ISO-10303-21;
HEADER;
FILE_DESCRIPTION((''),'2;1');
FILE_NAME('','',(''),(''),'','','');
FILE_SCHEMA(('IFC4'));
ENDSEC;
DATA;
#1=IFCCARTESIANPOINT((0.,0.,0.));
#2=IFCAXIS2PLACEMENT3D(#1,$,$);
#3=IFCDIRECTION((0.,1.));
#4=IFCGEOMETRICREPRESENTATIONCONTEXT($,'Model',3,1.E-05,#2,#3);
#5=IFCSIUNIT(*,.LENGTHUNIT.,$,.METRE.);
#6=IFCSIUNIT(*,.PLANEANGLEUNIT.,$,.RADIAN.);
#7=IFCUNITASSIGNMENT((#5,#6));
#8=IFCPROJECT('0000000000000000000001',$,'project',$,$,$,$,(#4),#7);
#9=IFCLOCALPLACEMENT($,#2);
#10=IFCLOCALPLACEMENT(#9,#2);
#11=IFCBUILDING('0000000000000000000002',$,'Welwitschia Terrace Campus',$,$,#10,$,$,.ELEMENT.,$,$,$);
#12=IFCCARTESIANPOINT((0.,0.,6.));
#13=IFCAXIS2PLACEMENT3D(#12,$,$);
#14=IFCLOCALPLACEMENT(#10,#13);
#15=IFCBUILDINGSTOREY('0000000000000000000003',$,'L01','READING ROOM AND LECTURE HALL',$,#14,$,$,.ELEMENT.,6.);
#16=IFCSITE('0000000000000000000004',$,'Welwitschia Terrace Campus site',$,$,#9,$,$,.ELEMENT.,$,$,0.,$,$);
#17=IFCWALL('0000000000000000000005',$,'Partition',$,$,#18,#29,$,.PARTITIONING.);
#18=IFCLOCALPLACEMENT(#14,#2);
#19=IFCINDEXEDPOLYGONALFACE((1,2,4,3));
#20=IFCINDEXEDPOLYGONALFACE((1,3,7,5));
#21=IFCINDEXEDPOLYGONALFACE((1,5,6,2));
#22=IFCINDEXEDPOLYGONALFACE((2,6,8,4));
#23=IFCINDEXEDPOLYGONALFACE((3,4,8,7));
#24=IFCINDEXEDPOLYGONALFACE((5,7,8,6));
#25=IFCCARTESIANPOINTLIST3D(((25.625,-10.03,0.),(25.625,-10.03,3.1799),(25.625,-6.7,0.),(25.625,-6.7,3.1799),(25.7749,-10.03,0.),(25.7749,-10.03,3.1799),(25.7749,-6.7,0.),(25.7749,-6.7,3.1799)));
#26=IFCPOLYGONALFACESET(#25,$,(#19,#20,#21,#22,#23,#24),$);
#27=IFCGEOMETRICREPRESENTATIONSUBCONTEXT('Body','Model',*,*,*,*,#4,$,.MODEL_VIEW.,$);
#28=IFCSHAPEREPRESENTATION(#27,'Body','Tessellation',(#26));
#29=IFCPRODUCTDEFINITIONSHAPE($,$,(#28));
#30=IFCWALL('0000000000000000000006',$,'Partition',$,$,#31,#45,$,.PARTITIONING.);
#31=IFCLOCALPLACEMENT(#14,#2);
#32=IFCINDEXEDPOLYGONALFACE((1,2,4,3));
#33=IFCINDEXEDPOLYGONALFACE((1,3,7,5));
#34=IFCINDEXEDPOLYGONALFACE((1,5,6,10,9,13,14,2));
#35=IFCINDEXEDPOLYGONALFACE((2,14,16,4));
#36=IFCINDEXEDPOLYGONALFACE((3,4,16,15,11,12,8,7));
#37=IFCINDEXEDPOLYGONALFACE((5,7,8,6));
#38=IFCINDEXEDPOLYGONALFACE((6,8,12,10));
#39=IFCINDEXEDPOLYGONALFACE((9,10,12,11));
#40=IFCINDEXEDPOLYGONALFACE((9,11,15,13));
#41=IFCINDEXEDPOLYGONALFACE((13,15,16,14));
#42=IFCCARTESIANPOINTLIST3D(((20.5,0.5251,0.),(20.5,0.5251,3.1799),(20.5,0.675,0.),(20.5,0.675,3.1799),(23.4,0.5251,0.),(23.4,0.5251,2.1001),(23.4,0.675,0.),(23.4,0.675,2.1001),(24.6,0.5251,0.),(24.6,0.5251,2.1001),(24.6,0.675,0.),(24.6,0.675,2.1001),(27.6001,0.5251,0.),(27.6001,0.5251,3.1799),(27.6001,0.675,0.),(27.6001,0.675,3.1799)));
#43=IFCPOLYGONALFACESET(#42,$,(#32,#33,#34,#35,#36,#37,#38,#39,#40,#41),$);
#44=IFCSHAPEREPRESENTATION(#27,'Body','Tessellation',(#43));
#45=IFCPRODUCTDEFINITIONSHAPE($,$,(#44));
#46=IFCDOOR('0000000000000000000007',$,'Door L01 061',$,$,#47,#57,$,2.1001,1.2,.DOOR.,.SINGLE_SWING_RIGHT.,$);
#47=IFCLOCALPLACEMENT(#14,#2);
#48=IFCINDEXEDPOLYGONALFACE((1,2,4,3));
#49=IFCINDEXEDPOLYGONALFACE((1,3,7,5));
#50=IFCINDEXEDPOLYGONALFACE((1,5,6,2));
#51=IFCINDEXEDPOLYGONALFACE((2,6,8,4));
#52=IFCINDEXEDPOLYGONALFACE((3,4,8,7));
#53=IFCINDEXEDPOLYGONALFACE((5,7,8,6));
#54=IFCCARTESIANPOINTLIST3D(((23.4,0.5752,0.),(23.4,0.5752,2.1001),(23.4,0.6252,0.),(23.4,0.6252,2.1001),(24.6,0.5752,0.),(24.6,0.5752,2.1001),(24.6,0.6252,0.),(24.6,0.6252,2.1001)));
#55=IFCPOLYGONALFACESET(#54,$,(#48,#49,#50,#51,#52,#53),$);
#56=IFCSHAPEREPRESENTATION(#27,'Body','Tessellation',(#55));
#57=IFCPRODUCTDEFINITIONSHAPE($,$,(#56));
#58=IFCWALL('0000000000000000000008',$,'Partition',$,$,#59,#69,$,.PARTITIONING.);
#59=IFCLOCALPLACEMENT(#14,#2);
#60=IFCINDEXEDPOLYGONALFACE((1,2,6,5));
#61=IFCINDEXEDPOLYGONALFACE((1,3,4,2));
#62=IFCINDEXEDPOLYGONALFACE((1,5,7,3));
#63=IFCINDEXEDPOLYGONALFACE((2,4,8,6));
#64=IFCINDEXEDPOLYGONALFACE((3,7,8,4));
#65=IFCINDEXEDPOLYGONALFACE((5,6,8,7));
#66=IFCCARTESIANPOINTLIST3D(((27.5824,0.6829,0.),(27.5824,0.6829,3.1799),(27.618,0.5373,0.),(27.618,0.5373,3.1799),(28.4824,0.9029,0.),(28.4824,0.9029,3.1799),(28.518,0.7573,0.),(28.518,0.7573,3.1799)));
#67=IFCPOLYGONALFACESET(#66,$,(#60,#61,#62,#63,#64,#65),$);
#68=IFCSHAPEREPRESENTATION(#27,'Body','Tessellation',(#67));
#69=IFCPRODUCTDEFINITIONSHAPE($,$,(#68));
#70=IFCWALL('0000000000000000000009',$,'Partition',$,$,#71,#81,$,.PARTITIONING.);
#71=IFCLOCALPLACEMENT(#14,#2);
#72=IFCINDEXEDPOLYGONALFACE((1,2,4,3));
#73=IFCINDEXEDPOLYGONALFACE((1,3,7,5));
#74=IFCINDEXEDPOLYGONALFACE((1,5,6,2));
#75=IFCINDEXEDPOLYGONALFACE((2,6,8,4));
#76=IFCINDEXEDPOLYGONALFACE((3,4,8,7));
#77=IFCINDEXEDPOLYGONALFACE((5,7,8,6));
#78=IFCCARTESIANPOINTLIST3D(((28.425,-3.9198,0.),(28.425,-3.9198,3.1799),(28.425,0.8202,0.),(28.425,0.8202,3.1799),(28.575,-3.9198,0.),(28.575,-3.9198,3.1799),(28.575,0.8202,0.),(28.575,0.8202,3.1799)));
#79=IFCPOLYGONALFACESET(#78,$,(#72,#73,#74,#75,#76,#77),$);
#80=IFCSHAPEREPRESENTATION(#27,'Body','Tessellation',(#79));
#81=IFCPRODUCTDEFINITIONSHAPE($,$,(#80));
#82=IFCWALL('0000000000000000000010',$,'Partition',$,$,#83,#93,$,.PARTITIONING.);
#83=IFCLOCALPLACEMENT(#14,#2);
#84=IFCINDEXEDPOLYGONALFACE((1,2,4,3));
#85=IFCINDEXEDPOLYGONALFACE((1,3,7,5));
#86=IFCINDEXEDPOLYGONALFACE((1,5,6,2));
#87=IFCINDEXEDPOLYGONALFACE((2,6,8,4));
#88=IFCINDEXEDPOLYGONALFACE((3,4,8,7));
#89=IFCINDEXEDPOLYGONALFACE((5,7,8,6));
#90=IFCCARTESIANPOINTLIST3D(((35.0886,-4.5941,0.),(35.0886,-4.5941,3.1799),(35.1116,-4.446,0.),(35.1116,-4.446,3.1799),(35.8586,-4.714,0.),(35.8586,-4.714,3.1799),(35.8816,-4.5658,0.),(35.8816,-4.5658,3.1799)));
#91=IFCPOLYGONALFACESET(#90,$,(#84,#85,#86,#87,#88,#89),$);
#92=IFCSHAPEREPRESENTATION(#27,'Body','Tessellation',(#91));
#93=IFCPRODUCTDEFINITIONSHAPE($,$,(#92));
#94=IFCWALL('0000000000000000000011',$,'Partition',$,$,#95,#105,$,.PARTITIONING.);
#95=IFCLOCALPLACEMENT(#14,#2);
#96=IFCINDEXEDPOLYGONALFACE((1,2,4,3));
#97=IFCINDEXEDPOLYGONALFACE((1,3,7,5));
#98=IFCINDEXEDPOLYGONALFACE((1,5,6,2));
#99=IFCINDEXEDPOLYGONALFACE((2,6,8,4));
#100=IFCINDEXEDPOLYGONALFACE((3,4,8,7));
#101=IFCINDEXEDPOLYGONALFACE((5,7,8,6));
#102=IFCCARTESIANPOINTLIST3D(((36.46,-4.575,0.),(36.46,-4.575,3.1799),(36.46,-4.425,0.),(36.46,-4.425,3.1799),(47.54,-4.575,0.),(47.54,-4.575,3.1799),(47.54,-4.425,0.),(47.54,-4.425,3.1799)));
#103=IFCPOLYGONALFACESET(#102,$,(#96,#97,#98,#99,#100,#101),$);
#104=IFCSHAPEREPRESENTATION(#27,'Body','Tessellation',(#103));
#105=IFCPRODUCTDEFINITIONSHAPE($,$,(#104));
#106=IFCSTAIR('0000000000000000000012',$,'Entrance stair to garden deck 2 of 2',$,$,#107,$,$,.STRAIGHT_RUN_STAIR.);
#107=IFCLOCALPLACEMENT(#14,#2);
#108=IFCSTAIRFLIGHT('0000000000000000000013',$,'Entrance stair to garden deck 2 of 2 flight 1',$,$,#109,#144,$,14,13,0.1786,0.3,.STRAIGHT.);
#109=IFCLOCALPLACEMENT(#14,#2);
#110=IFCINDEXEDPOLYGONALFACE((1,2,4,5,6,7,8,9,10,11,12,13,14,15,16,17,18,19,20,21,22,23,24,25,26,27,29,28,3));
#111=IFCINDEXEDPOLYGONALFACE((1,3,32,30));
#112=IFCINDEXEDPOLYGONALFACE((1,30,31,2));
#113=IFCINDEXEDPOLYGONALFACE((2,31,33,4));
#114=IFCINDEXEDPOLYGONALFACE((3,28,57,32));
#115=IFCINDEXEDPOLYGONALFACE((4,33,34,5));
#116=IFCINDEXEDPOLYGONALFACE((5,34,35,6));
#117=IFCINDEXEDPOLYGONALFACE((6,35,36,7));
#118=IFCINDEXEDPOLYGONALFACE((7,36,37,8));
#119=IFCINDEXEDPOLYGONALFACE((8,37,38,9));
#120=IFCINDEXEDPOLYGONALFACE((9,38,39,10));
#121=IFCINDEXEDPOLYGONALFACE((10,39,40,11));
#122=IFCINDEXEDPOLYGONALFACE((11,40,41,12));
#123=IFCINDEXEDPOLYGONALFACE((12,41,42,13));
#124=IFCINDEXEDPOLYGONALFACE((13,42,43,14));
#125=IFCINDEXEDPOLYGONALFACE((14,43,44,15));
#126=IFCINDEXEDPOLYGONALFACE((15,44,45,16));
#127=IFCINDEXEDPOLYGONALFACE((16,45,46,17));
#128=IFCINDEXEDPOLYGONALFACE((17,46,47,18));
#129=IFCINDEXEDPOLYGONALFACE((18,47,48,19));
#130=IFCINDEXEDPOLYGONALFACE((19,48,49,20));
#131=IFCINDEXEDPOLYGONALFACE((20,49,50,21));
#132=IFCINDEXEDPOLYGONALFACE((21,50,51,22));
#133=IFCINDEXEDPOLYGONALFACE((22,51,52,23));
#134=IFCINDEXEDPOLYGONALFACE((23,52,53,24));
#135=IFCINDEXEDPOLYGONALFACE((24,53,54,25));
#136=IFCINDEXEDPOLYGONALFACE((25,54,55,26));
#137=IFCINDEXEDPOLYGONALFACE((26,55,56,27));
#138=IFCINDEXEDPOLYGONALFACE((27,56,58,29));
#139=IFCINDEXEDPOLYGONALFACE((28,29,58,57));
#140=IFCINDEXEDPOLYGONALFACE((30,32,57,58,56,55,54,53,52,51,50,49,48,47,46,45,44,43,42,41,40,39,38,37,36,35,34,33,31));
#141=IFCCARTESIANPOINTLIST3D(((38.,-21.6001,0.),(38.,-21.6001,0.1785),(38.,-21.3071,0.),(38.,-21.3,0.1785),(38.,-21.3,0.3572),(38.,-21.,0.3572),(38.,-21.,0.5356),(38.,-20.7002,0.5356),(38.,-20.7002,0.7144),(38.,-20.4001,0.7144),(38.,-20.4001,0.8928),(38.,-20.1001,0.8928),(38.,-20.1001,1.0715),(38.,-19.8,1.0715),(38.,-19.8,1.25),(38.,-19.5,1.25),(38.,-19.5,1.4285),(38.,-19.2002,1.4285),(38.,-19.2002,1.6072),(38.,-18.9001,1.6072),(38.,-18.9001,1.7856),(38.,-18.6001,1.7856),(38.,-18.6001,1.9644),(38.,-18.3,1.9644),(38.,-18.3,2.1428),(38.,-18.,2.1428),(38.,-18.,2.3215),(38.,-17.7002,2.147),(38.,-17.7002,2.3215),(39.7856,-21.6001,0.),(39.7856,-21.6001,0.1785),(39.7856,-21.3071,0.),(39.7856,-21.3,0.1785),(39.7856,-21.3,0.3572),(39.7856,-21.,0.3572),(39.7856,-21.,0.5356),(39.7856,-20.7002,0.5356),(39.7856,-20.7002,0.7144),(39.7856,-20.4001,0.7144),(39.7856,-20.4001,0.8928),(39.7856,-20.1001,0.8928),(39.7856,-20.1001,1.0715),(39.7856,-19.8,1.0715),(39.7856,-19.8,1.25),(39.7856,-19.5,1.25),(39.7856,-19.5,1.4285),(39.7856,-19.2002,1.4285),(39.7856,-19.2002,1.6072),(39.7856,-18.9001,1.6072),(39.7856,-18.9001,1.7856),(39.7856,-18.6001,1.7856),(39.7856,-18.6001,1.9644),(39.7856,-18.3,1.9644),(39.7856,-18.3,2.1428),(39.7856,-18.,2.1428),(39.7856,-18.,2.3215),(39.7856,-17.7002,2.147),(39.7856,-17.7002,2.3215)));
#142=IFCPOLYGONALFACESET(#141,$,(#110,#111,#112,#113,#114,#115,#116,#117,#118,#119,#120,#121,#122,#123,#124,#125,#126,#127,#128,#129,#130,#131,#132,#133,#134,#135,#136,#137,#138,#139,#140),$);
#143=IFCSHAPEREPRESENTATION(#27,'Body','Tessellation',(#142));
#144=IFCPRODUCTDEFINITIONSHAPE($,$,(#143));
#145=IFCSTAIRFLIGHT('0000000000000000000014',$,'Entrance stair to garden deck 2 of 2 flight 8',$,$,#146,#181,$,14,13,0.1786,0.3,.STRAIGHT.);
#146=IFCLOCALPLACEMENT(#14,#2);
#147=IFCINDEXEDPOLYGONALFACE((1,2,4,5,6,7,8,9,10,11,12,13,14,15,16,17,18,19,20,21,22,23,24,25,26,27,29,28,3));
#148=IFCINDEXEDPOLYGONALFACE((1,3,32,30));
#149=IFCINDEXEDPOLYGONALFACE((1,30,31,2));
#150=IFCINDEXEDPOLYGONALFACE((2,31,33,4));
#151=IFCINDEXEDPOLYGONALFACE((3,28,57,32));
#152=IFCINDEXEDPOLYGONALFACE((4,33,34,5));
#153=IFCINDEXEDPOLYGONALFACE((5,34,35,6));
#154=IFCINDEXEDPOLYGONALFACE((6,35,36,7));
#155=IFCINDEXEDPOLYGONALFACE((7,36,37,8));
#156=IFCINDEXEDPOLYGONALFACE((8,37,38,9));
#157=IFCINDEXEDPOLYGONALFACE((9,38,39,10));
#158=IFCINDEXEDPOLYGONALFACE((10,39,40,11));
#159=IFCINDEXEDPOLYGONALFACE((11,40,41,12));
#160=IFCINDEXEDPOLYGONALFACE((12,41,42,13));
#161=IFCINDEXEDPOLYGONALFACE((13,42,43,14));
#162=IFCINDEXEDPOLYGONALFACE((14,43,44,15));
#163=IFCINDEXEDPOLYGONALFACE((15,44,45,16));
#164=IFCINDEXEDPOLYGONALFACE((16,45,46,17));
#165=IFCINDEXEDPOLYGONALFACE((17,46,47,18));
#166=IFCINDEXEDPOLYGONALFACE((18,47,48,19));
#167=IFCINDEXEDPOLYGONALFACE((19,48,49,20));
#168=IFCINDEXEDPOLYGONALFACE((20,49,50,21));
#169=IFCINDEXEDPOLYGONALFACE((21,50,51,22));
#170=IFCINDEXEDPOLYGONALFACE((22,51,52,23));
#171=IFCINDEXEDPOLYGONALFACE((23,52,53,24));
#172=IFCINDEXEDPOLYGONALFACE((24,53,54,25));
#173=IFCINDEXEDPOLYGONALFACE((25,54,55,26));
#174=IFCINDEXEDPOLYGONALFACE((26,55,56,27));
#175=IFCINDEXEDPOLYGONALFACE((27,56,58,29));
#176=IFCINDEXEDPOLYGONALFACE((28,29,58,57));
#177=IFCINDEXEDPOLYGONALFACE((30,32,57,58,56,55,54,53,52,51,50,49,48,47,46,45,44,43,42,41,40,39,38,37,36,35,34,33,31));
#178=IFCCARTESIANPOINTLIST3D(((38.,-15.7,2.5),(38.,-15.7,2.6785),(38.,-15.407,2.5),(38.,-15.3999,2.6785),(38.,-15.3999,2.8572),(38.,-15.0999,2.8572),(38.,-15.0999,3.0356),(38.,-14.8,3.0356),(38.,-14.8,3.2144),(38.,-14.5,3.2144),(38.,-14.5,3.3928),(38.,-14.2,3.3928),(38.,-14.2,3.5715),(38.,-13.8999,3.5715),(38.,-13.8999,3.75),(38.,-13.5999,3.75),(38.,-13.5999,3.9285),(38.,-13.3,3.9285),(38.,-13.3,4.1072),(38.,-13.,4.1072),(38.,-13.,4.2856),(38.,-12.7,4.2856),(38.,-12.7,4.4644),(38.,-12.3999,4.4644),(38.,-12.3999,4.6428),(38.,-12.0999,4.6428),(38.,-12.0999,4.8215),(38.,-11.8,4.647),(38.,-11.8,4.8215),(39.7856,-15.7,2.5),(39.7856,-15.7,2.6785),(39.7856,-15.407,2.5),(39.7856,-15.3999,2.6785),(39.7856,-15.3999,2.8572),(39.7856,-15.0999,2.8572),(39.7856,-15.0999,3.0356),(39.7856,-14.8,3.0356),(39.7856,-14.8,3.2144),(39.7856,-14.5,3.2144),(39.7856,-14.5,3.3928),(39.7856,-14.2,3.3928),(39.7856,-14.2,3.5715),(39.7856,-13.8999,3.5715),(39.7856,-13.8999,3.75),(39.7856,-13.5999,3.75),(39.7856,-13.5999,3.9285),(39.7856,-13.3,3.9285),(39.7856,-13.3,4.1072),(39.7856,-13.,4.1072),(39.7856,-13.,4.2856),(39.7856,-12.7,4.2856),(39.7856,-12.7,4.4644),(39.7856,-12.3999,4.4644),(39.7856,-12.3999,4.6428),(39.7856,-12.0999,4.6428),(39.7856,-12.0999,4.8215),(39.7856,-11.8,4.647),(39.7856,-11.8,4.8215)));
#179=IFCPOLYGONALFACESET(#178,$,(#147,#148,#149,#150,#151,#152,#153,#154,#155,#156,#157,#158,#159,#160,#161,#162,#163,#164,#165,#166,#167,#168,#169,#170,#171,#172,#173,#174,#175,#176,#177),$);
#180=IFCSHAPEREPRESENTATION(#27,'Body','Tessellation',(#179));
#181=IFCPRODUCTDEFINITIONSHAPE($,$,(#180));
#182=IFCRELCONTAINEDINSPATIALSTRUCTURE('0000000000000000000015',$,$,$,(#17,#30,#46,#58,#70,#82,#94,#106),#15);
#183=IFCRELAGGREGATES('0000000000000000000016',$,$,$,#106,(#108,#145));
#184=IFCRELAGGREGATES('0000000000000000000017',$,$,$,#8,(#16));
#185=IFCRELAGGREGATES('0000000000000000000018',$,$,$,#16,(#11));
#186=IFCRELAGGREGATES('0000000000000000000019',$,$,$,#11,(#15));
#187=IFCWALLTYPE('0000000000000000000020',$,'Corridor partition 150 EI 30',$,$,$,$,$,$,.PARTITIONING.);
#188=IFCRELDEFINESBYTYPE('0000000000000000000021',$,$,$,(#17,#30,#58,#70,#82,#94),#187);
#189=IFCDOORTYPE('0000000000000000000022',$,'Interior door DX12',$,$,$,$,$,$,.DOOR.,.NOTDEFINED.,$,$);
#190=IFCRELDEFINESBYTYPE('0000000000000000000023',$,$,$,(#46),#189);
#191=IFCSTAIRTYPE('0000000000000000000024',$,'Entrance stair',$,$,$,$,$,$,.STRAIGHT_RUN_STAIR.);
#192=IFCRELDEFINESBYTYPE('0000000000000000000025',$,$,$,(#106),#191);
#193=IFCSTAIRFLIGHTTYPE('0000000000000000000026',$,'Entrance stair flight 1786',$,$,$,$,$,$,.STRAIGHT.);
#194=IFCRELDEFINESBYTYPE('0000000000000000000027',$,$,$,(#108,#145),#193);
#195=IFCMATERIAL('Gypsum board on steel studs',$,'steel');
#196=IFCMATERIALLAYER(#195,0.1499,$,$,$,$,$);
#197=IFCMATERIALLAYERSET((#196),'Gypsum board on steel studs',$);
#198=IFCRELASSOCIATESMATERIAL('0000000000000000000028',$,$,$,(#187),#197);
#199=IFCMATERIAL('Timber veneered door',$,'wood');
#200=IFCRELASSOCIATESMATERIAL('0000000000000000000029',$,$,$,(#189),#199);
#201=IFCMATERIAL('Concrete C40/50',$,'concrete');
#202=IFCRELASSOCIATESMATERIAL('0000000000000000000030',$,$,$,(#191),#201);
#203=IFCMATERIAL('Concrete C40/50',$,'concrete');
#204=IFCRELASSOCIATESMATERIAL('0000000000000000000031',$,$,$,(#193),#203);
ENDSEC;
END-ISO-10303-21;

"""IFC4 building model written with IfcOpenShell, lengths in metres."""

from ifc_helpers import new_model, si_unit, direction, frame, frame_2d, origin, place, context, subcontext, project, spatial, polyline, rectangle, outline, extrude, material, layer, layer_set, type_object, element, fill, aggregate, save


model = new_model("IFC4")

# Units and contexts
model_context = context("Model", 3, precision=1e-05, world=origin(), true_north=direction((0.0, 1.0)))
body_context = subcontext(model_context, "Body", "Model", "MODEL_VIEW")
ifc_project = project(units=[si_unit("LENGTHUNIT", "METRE"), si_unit("PLANEANGLEUNIT", "RADIAN")], contexts=[model_context])

# Site, building, storey
site_placement = place(None, origin())
site = spatial("IfcSite", under=ifc_project, at=site_placement, Name="Welwitschia Terrace Campus site", CompositionType="ELEMENT", RefElevation=0.0)
building_placement = place(site_placement, origin())
building = spatial("IfcBuilding", under=site, at=building_placement, Name="Welwitschia Terrace Campus", CompositionType="ELEMENT")
storey_placement = place(building_placement, frame((0.0, 0.0, 6.0)))
storey = spatial("IfcBuildingStorey", under=building, at=storey_placement, Name="L01", Description="READING ROOM AND LECTURE HALL", CompositionType="ELEMENT", Elevation=6.0)

# Wall
ifc_material_1 = material(Name="Gypsum board on steel studs", Category="steel")
ifc_layer_1 = layer(ifc_material_1, 0.1499)
ifc_layer_set_1 = layer_set([ifc_layer_1], Name="Gypsum board on steel studs")
wall_type_1 = type_object("IfcWallType", Name="Corridor partition 150 EI 30", PredefinedType="PARTITIONING", material=ifc_layer_set_1)
wall_1_placement = place(storey_placement, frame((25.7, -10.03, 0.0), z_axis=(0.0, 0.0, 1.0), x_axis=(0.0, 1.0, 0.0)))
element("IfcWall", 1, at=wall_1_placement, inside=storey, type_object=wall_type_1, Name="Partition", PredefinedType="PARTITIONING", context=body_context, shape_type="SweptSolid", body=[
    extrude(rectangle(XDim=3.3301, YDim=0.1499, at=frame_2d((1.665, 0.0))), origin(), (0.0, 0.0, 1.0), 3.1799),
])

# Wall, opening, door
wall_2_placement = place(storey_placement, frame((27.6001, 0.6001, 0.0), z_axis=(0.0, 0.0, 1.0), x_axis=(-1.0, 0.0, 0.0)))
wall_2 = element("IfcWall", 2, at=wall_2_placement, inside=storey, type_object=wall_type_1, Name="Partition", PredefinedType="PARTITIONING", context=body_context, shape_type="SweptSolid", body=[
    extrude(rectangle(XDim=7.1001, YDim=0.1499, at=frame_2d((3.55, 0.0))), origin(), (0.0, 0.0, 1.0), 3.1799),
])
opening_1_placement = place(wall_2_placement, frame((3.0, 0.0, 0.0)))
opening_1 = element("IfcOpeningElement", 3, at=opening_1_placement, cuts=wall_2, PredefinedType="OPENING", context=body_context, shape_type="SweptSolid", body=[
    extrude(rectangle(XDim=1.2, YDim=2.1001, at=frame_2d((0.6001, 1.05))), frame((0.0, 0.085, 0.0), z_axis=(0.0, -1.0, 0.0), x_axis=(1.0, 0.0, 0.0)), (0.0, 0.0, 1.0), 0.1699),
])
ifc_material_2 = material(Name="Timber veneered door", Category="wood")
door_type_1 = type_object("IfcDoorType", Name="Interior door DX12", OperationType="NOTDEFINED", PredefinedType="DOOR", material=ifc_material_2)
door_1_placement = place(opening_1_placement, origin())
door_1 = element("IfcDoor", 4, at=door_1_placement, inside=storey, type_object=door_type_1, Name="Door L01 061", OperationType="SINGLE_SWING_RIGHT", OverallHeight=2.1001, OverallWidth=1.2, PredefinedType="DOOR", context=body_context, shape_type="SweptSolid", body=[
    extrude(rectangle(XDim=1.2, YDim=2.1001, at=frame_2d((0.6001, 1.05))), frame((0.0, 0.0249, 0.0), z_axis=(0.0, -1.0, 0.0), x_axis=(1.0, 0.0, 0.0)), (0.0, 0.0, 1.0), 0.05),
])
fill(opening_1, door_1)

# Walls
wall_3_placement = place(storey_placement, frame((27.6001, 0.6101, 0.0), z_axis=(0.0, 0.0, 1.0), x_axis=(0.9714, 0.237448, 0.0)))
element("IfcWall", 5, at=wall_3_placement, inside=storey, type_object=wall_type_1, Name="Partition", PredefinedType="PARTITIONING", context=body_context, shape_type="SweptSolid", body=[
    extrude(rectangle(XDim=0.9265, YDim=0.1499, at=frame_2d((0.4634, 0.0))), origin(), (0.0, 0.0, 1.0), 3.1799),
])
wall_4_placement = place(storey_placement, frame((28.5, -3.9199, 0.0), z_axis=(0.0, 0.0, 1.0), x_axis=(0.0, 1.0, 0.0)))
element("IfcWall", 6, at=wall_4_placement, inside=storey, type_object=wall_type_1, Name="Partition", PredefinedType="PARTITIONING", context=body_context, shape_type="SweptSolid", body=[
    extrude(rectangle(XDim=4.74, YDim=0.1499, at=frame_2d((2.3701, 0.0))), origin(), (0.0, 0.0, 1.0), 3.1799),
])
wall_5_placement = place(storey_placement, frame((35.1001, -4.52, 0.0), z_axis=(0.0, 0.0, 1.0), x_axis=(0.988098, -0.153823, 0.0)))
element("IfcWall", 7, at=wall_5_placement, inside=storey, type_object=wall_type_1, Name="Partition", PredefinedType="PARTITIONING", context=body_context, shape_type="SweptSolid", body=[
    extrude(rectangle(XDim=0.7793, YDim=0.1499, at=frame_2d((0.3896, 0.0))), origin(), (0.0, 0.0, 1.0), 3.1799),
])
wall_6_placement = place(storey_placement, frame((36.46, -4.5, 0.0), z_axis=(0.0, 0.0, 1.0), x_axis=(1.0, 0.0, 0.0)))
element("IfcWall", 8, at=wall_6_placement, inside=storey, type_object=wall_type_1, Name="Partition", PredefinedType="PARTITIONING", context=body_context, shape_type="SweptSolid", body=[
    extrude(rectangle(XDim=11.0801, YDim=0.1499, at=frame_2d((5.54, 0.0))), origin(), (0.0, 0.0, 1.0), 3.1799),
])

# Stair, stair flights
ifc_material_3 = material(Name="Concrete C40/50", Category="concrete")
stair_type = type_object("IfcStairType", Name="Entrance stair", PredefinedType="STRAIGHT_RUN_STAIR", material=ifc_material_3)
stair_placement = place(storey_placement, origin())
stair = element("IfcStair", 9, at=stair_placement, inside=storey, type_object=stair_type, Name="Entrance stair to garden deck 2 of 2", PredefinedType="STRAIGHT_RUN_STAIR")
ifc_material_4 = material(Name="Concrete C40/50", Category="concrete")
stair_flight_type = type_object("IfcStairFlightType", Name="Entrance stair flight 1786", PredefinedType="STRAIGHT", material=ifc_material_4)
stair_flight_1_placement = place(storey_placement, frame((38.8928, -21.6001, 0.0), z_axis=(0.0, 0.0, 1.0), x_axis=(0.0, 1.0, 0.0)))
stair_flight_1 = element("IfcStairFlight", 10, at=stair_flight_1_placement, type_object=stair_flight_type, Name="Entrance stair to garden deck 2 of 2 flight 1", NumberOfRisers=14, NumberOfTreads=13, PredefinedType="STRAIGHT", RiserHeight=0.1786, TreadLength=0.3, context=body_context, shape_type="SweptSolid", body=[
    extrude(outline(polyline([(0.0, 0.0), (0.0, 0.1785), (0.3, 0.1785), (0.3, 0.3572), (0.6001, 0.3572), (0.6001, 0.5356), (0.8999, 0.5356), (0.8999, 0.7144), (1.2, 0.7144), (1.2, 0.8928), (1.5, 0.8928), (1.5, 1.0715), (1.8, 1.0715), (1.8, 1.25), (2.1001, 1.25), (2.1001, 1.4285), (2.3999, 1.4285), (2.3999, 1.6072), (2.7, 1.6072), (2.7, 1.7856), (3.0, 1.7856), (3.0, 1.9644), (3.3, 1.9644), (3.3, 2.1428), (3.6001, 2.1428), (3.6001, 2.3215), (3.8999, 2.3215), (3.8999, 2.5), (3.8999, 2.147), (0.293, 0.0), (0.0, 0.0)])), frame((0.0, 0.8928, 0.0), z_axis=(0.0, -1.0, 0.0), x_axis=(1.0, 0.0, 0.0)), (0.0, 0.0, 1.0), 1.7856),
])
stair_flight_2_placement = place(storey_placement, frame((38.8928, -15.7, 2.5), z_axis=(0.0, 0.0, 1.0), x_axis=(0.0, 1.0, 0.0)))
stair_flight_2 = element("IfcStairFlight", 11, at=stair_flight_2_placement, type_object=stair_flight_type, Name="Entrance stair to garden deck 2 of 2 flight 8", NumberOfRisers=14, NumberOfTreads=13, PredefinedType="STRAIGHT", RiserHeight=0.1786, TreadLength=0.3, context=body_context, shape_type="SweptSolid", body=[
    extrude(outline(polyline([(0.0, 0.0), (0.0, 0.1785), (0.3, 0.1785), (0.3, 0.3572), (0.6001, 0.3572), (0.6001, 0.5356), (0.8999, 0.5356), (0.8999, 0.7144), (1.2, 0.7144), (1.2, 0.8928), (1.5, 0.8928), (1.5, 1.0715), (1.8, 1.0715), (1.8, 1.25), (2.1001, 1.25), (2.1001, 1.4285), (2.3999, 1.4285), (2.3999, 1.6072), (2.7, 1.6072), (2.7, 1.7856), (3.0, 1.7856), (3.0, 1.9644), (3.3, 1.9644), (3.3, 2.1428), (3.6001, 2.1428), (3.6001, 2.3215), (3.8999, 2.3215), (3.8999, 2.5), (3.8999, 2.147), (0.293, 0.0), (0.0, 0.0)])), frame((0.0, 0.8928, 0.0), z_axis=(0.0, -1.0, 0.0), x_axis=(1.0, 0.0, 0.0)), (0.0, 0.0, 1.0), 1.7856),
])
aggregate(stair, [stair_flight_1, stair_flight_2])

save(model, "model.ifc")
